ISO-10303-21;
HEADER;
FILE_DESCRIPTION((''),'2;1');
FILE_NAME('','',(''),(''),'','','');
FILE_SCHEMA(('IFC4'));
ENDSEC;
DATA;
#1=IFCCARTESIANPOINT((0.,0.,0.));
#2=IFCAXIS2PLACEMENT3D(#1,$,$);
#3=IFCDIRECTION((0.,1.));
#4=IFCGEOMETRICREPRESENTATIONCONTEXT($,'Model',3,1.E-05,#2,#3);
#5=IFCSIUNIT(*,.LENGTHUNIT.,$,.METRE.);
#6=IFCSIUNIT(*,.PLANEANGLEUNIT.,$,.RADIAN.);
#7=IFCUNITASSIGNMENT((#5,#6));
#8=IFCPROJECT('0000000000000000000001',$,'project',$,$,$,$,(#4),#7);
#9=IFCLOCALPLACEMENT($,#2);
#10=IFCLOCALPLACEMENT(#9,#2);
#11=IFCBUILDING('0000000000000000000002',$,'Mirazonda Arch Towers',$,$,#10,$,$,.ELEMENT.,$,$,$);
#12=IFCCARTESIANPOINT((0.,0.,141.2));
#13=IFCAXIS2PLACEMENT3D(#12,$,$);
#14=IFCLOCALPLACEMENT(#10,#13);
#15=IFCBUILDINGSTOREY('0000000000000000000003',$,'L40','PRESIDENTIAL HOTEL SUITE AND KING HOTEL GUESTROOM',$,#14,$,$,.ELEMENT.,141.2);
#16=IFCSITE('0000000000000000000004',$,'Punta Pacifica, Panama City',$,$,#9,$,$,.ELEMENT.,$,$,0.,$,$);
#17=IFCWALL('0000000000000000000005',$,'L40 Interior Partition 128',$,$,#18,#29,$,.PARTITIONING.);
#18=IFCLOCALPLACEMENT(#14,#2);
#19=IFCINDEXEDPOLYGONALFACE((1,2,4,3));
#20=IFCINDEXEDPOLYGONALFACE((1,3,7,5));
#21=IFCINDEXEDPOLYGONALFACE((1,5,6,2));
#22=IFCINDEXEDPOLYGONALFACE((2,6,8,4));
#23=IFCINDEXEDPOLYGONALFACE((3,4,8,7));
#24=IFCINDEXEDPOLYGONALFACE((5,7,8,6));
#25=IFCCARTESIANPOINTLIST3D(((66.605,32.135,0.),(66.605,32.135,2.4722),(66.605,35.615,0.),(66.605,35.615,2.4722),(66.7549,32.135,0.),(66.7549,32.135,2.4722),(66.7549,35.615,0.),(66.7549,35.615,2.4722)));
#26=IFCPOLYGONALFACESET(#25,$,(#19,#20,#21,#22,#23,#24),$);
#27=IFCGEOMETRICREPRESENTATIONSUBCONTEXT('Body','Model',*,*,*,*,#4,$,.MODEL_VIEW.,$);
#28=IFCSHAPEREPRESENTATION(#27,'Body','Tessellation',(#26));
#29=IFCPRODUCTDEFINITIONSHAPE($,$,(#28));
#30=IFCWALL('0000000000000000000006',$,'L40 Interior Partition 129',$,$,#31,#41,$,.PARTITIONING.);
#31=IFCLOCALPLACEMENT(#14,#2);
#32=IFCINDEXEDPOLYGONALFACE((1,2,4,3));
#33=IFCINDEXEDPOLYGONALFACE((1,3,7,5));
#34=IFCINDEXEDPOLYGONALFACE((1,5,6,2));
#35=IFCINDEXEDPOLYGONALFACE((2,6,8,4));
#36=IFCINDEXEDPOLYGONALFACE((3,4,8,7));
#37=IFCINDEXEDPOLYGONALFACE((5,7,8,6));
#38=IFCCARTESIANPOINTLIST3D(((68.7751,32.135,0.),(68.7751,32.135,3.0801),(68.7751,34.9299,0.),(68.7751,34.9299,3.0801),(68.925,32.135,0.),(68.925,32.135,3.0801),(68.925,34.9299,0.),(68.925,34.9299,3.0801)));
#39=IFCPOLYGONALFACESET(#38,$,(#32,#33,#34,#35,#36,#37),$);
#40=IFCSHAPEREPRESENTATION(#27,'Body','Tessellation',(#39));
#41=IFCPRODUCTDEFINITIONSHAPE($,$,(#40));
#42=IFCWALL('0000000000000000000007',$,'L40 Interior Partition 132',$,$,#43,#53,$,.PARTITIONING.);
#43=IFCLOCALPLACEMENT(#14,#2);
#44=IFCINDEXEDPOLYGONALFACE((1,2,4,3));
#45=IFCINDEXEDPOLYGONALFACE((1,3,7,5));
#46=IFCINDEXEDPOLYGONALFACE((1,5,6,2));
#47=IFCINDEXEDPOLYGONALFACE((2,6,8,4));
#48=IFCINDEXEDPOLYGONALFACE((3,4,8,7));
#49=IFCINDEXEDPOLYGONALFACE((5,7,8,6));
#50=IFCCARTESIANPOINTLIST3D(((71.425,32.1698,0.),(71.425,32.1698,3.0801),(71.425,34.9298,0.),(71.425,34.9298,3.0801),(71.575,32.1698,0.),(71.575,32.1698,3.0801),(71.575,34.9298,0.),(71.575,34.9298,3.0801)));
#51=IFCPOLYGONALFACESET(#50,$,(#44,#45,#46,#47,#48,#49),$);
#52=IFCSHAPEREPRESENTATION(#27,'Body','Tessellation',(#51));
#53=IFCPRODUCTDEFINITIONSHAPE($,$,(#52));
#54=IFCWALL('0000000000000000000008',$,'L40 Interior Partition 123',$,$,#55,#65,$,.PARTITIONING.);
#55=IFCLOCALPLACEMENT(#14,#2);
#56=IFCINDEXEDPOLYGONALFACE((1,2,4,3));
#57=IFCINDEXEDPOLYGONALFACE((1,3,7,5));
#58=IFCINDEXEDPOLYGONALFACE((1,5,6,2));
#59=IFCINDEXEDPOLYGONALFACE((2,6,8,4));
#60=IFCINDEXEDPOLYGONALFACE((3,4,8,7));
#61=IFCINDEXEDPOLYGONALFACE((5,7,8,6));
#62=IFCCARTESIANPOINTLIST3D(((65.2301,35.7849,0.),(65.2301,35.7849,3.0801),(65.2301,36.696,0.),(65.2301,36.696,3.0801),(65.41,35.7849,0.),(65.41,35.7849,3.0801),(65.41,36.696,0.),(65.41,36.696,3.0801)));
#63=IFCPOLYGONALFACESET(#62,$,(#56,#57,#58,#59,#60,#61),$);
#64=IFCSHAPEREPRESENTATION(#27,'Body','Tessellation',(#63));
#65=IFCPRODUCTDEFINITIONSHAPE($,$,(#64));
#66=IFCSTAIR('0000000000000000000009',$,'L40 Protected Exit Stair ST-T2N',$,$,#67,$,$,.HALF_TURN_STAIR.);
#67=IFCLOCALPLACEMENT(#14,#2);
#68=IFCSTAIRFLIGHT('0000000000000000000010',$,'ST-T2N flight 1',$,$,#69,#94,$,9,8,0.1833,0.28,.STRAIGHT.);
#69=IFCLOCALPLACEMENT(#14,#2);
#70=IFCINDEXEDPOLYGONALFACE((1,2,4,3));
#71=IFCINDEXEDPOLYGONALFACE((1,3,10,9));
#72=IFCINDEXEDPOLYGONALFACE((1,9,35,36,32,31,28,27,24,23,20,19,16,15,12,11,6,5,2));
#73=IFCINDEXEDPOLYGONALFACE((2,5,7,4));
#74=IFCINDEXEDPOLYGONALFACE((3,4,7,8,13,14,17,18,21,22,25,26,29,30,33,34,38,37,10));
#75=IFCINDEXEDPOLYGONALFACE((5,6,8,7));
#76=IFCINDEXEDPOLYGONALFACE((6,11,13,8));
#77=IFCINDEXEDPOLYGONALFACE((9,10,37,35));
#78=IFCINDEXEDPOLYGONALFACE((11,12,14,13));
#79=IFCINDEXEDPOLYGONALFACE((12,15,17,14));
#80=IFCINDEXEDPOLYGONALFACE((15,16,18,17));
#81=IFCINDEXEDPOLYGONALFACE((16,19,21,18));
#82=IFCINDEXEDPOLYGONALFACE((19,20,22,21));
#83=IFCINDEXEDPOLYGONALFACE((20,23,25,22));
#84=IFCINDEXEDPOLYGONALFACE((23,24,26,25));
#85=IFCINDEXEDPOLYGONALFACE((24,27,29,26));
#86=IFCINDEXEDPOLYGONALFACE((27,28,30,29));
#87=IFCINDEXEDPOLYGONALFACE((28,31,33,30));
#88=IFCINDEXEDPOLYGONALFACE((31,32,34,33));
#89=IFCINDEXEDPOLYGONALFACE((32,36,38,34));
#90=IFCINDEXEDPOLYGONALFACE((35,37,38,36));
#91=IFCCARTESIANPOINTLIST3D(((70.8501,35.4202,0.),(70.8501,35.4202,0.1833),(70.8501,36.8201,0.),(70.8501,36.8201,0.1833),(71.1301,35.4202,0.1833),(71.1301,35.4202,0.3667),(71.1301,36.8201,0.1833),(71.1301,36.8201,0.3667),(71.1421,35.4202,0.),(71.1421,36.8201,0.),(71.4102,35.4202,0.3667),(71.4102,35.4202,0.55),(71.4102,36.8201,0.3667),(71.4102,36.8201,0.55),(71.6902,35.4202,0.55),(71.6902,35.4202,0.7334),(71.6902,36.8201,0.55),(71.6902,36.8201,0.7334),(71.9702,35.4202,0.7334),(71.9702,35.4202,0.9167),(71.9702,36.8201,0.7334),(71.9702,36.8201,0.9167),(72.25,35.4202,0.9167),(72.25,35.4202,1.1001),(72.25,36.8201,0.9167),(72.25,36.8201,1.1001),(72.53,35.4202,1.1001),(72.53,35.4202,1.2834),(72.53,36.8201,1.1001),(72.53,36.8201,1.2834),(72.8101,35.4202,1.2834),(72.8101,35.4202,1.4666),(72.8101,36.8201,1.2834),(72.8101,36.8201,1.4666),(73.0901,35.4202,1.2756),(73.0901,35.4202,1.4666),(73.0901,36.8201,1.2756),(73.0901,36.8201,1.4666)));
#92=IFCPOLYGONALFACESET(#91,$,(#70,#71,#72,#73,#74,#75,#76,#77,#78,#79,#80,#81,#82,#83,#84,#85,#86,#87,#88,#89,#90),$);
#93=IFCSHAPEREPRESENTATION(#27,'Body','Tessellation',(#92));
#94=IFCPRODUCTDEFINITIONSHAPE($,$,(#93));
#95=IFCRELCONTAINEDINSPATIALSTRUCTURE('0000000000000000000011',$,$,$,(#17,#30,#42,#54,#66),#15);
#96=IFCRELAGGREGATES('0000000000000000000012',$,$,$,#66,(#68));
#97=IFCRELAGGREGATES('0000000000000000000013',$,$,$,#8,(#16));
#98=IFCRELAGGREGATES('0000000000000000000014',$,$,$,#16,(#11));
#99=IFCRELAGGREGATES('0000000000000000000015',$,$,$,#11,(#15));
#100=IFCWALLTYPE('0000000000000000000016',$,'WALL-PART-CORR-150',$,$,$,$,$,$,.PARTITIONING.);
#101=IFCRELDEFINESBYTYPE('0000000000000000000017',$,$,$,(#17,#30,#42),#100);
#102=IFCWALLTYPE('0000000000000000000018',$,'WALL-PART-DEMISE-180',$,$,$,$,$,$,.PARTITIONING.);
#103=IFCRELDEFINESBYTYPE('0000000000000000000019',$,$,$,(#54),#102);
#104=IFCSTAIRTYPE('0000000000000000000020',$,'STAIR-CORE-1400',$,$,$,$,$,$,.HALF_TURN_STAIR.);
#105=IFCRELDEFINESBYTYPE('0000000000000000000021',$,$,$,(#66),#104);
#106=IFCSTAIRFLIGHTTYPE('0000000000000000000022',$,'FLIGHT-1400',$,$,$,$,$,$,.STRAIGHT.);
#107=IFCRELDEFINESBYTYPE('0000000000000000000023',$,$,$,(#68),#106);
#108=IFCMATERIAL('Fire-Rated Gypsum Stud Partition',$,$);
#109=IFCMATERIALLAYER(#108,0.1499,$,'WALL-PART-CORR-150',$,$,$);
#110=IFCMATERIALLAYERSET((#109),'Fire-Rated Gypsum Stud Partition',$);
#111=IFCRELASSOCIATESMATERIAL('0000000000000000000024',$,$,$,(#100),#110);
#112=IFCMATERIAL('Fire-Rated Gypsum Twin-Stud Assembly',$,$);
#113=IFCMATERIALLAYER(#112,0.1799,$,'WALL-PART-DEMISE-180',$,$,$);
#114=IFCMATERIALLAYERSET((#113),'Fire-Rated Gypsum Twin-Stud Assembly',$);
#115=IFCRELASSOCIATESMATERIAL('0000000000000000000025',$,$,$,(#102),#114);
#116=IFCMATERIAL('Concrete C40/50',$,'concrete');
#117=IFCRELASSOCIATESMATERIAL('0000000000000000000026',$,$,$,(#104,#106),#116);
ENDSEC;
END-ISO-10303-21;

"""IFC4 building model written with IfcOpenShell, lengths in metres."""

from ifc_helpers import new_model, si_unit, direction, frame, frame_2d, origin, place, context, subcontext, project, spatial, polyline, rectangle, outline, extrude, material, layer, layer_set, type_object, element, aggregate, save


model = new_model("IFC4")

# Units and contexts
model_context = context("Model", 3, precision=1e-05, world=origin(), true_north=direction((0.0, 1.0)))
body_context = subcontext(model_context, "Body", "Model", "MODEL_VIEW")
ifc_project = project(units=[si_unit("LENGTHUNIT", "METRE"), si_unit("PLANEANGLEUNIT", "RADIAN")], contexts=[model_context])

# Site, building, storey
site_placement = place(None, origin())
site = spatial("IfcSite", under=ifc_project, at=site_placement, Name="Punta Pacifica, Panama City", CompositionType="ELEMENT", RefElevation=0.0)
building_placement = place(site_placement, origin())
building = spatial("IfcBuilding", under=site, at=building_placement, Name="Mirazonda Arch Towers", CompositionType="ELEMENT")
storey_placement = place(building_placement, frame((0.0, 0.0, 141.2)))
storey = spatial("IfcBuildingStorey", under=building, at=storey_placement, Name="L40", Description="PRESIDENTIAL HOTEL SUITE AND KING HOTEL GUESTROOM", CompositionType="ELEMENT", Elevation=141.2)

# Shared definitions
ifc_material_1 = material(Name="Concrete C40/50", Category="concrete")
ifc_material_2 = material(Name="Fire-Rated Gypsum Stud Partition")
ifc_layer_1 = layer(ifc_material_2, 0.1499, Name="WALL-PART-CORR-150")
ifc_layer_set_1 = layer_set([ifc_layer_1], Name="Fire-Rated Gypsum Stud Partition")
wall_type_1 = type_object("IfcWallType", Name="WALL-PART-CORR-150", PredefinedType="PARTITIONING", material=ifc_layer_set_1)

# Walls
wall_1_placement = place(storey_placement, frame((66.6799, 32.135, 0.0), z_axis=(0.0, 0.0, 1.0), x_axis=(0.0, 1.0, 0.0)))
element("IfcWall", 1, at=wall_1_placement, inside=storey, type_object=wall_type_1, Name="L40 Interior Partition 128", PredefinedType="PARTITIONING", context=body_context, shape_type="SweptSolid", body=[
    extrude(rectangle(XDim=3.48, YDim=0.1499, at=frame_2d((1.74, 0.0))), origin(), (0.0, 0.0, 1.0), 2.4722),
])
wall_2_placement = place(storey_placement, frame((68.8501, 32.135, 0.0), z_axis=(0.0, 0.0, 1.0), x_axis=(0.0, 1.0, 0.0)))
element("IfcWall", 2, at=wall_2_placement, inside=storey, type_object=wall_type_1, Name="L40 Interior Partition 129", PredefinedType="PARTITIONING", context=body_context, shape_type="SweptSolid", body=[
    extrude(rectangle(XDim=2.7949, YDim=0.1499, at=frame_2d((1.3975, 0.0))), origin(), (0.0, 0.0, 1.0), 3.0801),
])
wall_3_placement = place(storey_placement, frame((71.5, 32.1699, 0.0), z_axis=(0.0, 0.0, 1.0), x_axis=(0.0, 1.0, 0.0)))
element("IfcWall", 3, at=wall_3_placement, inside=storey, type_object=wall_type_1, Name="L40 Interior Partition 132", PredefinedType="PARTITIONING", context=body_context, shape_type="SweptSolid", body=[
    extrude(rectangle(XDim=2.76, YDim=0.1499, at=frame_2d((1.3799, 0.0))), origin(), (0.0, 0.0, 1.0), 3.0801),
])
ifc_material_3 = material(Name="Fire-Rated Gypsum Twin-Stud Assembly")
ifc_layer_2 = layer(ifc_material_3, 0.1799, Name="WALL-PART-DEMISE-180")
ifc_layer_set_2 = layer_set([ifc_layer_2], Name="Fire-Rated Gypsum Twin-Stud Assembly")
wall_type_2 = type_object("IfcWallType", Name="WALL-PART-DEMISE-180", PredefinedType="PARTITIONING", material=ifc_layer_set_2)
wall_4_placement = place(storey_placement, frame((65.3201, 35.7849, 0.0), z_axis=(0.0, 0.0, 1.0), x_axis=(0.0, 1.0, 0.0)))
element("IfcWall", 4, at=wall_4_placement, inside=storey, type_object=wall_type_2, Name="L40 Interior Partition 123", PredefinedType="PARTITIONING", context=body_context, shape_type="SweptSolid", body=[
    extrude(rectangle(XDim=0.9111, YDim=0.1799, at=frame_2d((0.4556, 0.0))), origin(), (0.0, 0.0, 1.0), 3.0801),
])

# Stair, stair flight
stair_type = type_object("IfcStairType", Name="STAIR-CORE-1400", PredefinedType="HALF_TURN_STAIR", material=ifc_material_1)
stair_placement = place(storey_placement, origin())
stair = element("IfcStair", 5, at=stair_placement, inside=storey, type_object=stair_type, Name="L40 Protected Exit Stair ST-T2N", PredefinedType="HALF_TURN_STAIR")
stair_flight_type = type_object("IfcStairFlightType", Name="FLIGHT-1400", PredefinedType="STRAIGHT", material=ifc_material_1)
stair_flight_placement = place(storey_placement, frame((70.8501, 36.1201, 0.0), z_axis=(0.0, 0.0, 1.0), x_axis=(1.0, 0.0, 0.0)))
stair_flight = element("IfcStairFlight", 6, at=stair_flight_placement, type_object=stair_flight_type, Name="ST-T2N flight 1", NumberOfRisers=9, NumberOfTreads=8, PredefinedType="STRAIGHT", RiserHeight=0.1833, TreadLength=0.28, context=body_context, shape_type="SweptSolid", body=[
    extrude(outline(polyline([(0.0, 0.0), (0.0, 0.1833), (0.28, 0.1833), (0.28, 0.3667), (0.5601, 0.3667), (0.5601, 0.55), (0.8401, 0.55), (0.8401, 0.7334), (1.1201, 0.7334), (1.1201, 0.9167), (1.3999, 0.9167), (1.3999, 1.1001), (1.6799, 1.1001), (1.6799, 1.2834), (1.96, 1.2834), (1.96, 1.4666), (2.24, 1.4666), (2.24, 1.6499), (2.24, 1.2756), (0.292, 0.0), (0.0, 0.0)])), frame((0.0, 0.7, 0.0), z_axis=(0.0, -1.0, 0.0), x_axis=(1.0, 0.0, 0.0)), (0.0, 0.0, 1.0), 1.3999),
])
aggregate(stair, [stair_flight])

save(model, "model.ifc")
